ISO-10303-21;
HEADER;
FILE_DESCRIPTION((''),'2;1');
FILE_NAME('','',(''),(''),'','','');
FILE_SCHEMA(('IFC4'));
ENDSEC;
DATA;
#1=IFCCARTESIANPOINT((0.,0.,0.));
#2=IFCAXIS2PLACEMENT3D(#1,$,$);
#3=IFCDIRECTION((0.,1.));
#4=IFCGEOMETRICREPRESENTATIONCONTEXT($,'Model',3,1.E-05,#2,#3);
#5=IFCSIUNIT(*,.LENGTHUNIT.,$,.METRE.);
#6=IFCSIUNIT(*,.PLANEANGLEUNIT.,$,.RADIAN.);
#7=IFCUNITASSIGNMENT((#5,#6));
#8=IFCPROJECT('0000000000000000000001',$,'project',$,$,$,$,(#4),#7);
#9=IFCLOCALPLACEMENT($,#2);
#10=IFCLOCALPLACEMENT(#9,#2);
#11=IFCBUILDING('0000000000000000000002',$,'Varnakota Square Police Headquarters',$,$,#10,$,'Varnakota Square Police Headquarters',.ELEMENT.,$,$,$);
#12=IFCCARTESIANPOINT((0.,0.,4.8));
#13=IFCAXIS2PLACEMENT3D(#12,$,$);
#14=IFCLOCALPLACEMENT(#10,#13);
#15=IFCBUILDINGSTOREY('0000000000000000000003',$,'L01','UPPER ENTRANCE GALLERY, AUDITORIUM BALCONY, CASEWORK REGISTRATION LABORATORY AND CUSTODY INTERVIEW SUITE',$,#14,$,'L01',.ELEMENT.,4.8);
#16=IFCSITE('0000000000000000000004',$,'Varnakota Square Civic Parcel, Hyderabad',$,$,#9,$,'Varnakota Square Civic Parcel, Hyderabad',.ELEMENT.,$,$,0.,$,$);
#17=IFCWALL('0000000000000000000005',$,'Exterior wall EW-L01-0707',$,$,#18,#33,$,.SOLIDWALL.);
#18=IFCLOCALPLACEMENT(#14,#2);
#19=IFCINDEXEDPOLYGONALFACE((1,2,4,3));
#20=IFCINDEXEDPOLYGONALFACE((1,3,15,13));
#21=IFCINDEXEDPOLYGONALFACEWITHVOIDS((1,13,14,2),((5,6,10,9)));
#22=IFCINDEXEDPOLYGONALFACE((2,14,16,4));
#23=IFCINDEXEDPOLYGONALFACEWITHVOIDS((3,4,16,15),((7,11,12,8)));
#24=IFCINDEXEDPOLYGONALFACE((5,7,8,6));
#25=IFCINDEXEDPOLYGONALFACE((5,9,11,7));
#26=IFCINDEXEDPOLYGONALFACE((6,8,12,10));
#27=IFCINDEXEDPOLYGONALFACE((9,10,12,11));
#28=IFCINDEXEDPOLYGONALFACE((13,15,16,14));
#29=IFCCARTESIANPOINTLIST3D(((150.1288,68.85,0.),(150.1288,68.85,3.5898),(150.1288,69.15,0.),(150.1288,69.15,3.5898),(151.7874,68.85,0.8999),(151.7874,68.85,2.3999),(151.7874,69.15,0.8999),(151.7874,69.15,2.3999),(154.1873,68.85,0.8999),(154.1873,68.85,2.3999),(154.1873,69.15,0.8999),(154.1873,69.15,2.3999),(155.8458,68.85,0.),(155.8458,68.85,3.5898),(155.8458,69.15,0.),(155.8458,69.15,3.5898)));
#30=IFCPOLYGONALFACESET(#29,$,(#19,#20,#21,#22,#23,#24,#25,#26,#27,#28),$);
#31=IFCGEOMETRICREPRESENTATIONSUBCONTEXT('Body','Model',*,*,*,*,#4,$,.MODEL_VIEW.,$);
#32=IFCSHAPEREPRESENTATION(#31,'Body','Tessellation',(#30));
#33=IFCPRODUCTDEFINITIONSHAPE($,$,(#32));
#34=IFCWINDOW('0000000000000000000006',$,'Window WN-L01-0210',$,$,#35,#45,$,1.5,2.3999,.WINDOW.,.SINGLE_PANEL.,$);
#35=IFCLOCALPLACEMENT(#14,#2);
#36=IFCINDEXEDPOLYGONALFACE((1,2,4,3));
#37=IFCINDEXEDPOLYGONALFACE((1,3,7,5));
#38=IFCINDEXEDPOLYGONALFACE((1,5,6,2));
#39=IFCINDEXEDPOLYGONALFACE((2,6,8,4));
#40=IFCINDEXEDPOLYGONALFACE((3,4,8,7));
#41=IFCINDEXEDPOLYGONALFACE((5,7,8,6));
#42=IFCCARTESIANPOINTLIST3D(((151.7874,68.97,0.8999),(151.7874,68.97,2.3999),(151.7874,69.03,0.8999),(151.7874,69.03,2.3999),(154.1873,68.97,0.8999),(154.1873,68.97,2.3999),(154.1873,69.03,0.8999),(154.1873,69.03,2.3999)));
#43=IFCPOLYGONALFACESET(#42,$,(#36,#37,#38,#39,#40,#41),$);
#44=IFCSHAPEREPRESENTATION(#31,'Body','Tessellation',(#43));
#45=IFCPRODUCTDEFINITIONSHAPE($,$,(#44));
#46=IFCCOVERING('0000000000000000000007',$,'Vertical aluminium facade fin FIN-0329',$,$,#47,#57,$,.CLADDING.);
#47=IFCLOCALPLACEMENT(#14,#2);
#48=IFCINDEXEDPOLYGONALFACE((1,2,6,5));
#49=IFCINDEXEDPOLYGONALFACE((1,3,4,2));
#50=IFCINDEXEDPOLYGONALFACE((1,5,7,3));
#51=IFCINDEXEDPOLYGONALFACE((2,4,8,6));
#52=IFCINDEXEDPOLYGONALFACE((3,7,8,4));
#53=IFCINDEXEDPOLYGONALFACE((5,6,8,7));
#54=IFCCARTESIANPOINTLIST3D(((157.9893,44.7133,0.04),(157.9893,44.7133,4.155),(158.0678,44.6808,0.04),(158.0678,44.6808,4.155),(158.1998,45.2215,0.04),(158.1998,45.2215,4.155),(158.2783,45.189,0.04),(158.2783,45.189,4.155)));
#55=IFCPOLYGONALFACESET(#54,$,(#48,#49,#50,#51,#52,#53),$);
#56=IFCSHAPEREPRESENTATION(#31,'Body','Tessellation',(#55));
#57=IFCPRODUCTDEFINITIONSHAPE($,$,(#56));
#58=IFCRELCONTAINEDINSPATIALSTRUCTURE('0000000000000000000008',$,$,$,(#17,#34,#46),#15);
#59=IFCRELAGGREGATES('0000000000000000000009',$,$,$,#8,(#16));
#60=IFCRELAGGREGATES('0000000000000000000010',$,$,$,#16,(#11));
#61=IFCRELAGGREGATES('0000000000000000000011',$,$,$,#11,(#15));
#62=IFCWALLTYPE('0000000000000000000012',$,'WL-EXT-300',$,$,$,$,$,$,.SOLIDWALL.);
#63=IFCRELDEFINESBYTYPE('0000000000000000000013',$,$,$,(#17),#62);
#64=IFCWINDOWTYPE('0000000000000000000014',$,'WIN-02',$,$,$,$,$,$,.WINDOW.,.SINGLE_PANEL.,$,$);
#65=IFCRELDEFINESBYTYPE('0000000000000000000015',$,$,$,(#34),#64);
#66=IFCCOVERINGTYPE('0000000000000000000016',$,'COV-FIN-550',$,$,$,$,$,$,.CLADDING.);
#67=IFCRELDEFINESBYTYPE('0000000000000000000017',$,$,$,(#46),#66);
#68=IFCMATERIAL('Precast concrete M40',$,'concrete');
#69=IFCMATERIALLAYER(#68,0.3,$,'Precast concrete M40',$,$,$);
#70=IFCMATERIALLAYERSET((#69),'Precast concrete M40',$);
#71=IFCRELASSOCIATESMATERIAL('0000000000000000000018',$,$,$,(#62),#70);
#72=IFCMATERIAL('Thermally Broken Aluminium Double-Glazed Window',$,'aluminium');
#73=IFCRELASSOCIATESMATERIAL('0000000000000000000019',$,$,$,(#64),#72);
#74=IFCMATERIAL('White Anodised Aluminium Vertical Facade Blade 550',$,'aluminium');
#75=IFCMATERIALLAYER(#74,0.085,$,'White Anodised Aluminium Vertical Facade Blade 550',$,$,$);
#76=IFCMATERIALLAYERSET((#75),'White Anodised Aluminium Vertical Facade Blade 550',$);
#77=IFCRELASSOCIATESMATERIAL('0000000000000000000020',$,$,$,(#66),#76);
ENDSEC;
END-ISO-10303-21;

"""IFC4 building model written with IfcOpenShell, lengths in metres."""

from ifc_helpers import new_model, si_unit, direction, frame, frame_2d, origin, origin_2d, place, context, subcontext, project, spatial, rectangle, extrude, material, layer, layer_set, type_object, element, fill, save


model = new_model("IFC4")

# Units and contexts
model_context = context("Model", 3, precision=1e-05, world=origin(), true_north=direction((0.0, 1.0)))
body_context = subcontext(model_context, "Body", "Model", "MODEL_VIEW")
ifc_project = project(units=[si_unit("LENGTHUNIT", "METRE"), si_unit("PLANEANGLEUNIT", "RADIAN")], contexts=[model_context])

# Site, building, storey
site_placement = place(None, origin())
site = spatial("IfcSite", under=ifc_project, at=site_placement, Name="Varnakota Square Civic Parcel, Hyderabad", LongName="Varnakota Square Civic Parcel, Hyderabad", CompositionType="ELEMENT", RefElevation=0.0)
building_placement = place(site_placement, origin())
building = spatial("IfcBuilding", under=site, at=building_placement, Name="Varnakota Square Police Headquarters", LongName="Varnakota Square Police Headquarters", CompositionType="ELEMENT")
storey_placement = place(building_placement, frame((0.0, 0.0, 4.8)))
storey = spatial("IfcBuildingStorey", under=building, at=storey_placement, Name="L01", Description="UPPER ENTRANCE GALLERY, AUDITORIUM BALCONY, CASEWORK REGISTRATION LABORATORY AND CUSTODY INTERVIEW SUITE", LongName="L01", CompositionType="ELEMENT", Elevation=4.8)

# Wall, opening, window
ifc_material_1 = material(Name="Thermally Broken Aluminium Double-Glazed Window", Category="aluminium")
ifc_material_2 = material(Name="Precast concrete M40", Category="concrete")
ifc_layer_1 = layer(ifc_material_2, 0.3, Name="Precast concrete M40")
ifc_layer_set_1 = layer_set([ifc_layer_1], Name="Precast concrete M40")
wall_type_1 = type_object("IfcWallType", Name="WL-EXT-300", PredefinedType="SOLIDWALL", material=ifc_layer_set_1)
window_type_1 = type_object("IfcWindowType", Name="WIN-02", PartitioningType="SINGLE_PANEL", PredefinedType="WINDOW", material=ifc_material_1)
wall_1_placement = place(storey_placement, frame((150.1289, 69.0, 0.0), z_axis=(0.0, 0.0, 1.0), x_axis=(1.0, 0.0, 0.0)))
wall_1 = element("IfcWall", 1, at=wall_1_placement, inside=storey, type_object=wall_type_1, Name="Exterior wall EW-L01-0707", PredefinedType="SOLIDWALL", context=body_context, shape_type="SweptSolid", body=[
    extrude(rectangle(XDim=5.717, YDim=0.3, at=frame_2d((2.8584, 0.0))), origin(), (0.0, 0.0, 1.0), 3.5898),
])
opening_1_placement = place(wall_1_placement, frame((1.6584, 0.0, 0.8999)))
opening_1 = element("IfcOpeningElement", 2, at=opening_1_placement, cuts=wall_1, PredefinedType="OPENING", context=body_context, shape_type="SweptSolid", body=[
    extrude(rectangle(XDim=2.3999, YDim=1.5, at=frame_2d((1.2, 0.75))), frame((0.0, 0.1599, 0.0), z_axis=(0.0, -1.0, 0.0), x_axis=(1.0, 0.0, 0.0)), (0.0, 0.0, 1.0), 0.3201),
])
window_1_placement = place(opening_1_placement, origin())
window_1 = element("IfcWindow", 3, at=window_1_placement, inside=storey, type_object=window_type_1, Name="Window WN-L01-0210", OverallHeight=1.5, OverallWidth=2.3999, PartitioningType="SINGLE_PANEL", PredefinedType="WINDOW", context=body_context, shape_type="SweptSolid", body=[
    extrude(rectangle(XDim=2.3999, YDim=1.5, at=frame_2d((1.2, 0.75))), frame((0.0, 0.03, 0.0), z_axis=(0.0, -1.0, 0.0), x_axis=(1.0, 0.0, 0.0)), (0.0, 0.0, 1.0), 0.0601),
])
fill(opening_1, window_1)

# Covering
ifc_material_3 = material(Name="White Anodised Aluminium Vertical Facade Blade 550", Category="aluminium")
ifc_layer_2 = layer(ifc_material_3, 0.085, Name="White Anodised Aluminium Vertical Facade Blade 550")
ifc_layer_set_2 = layer_set([ifc_layer_2], Name="White Anodised Aluminium Vertical Facade Blade 550")
covering_type = type_object("IfcCoveringType", Name="COV-FIN-550", PredefinedType="CLADDING", material=ifc_layer_set_2)
covering_placement = place(storey_placement, frame((158.1338, 44.9512, 0.04), z_axis=(0.0, 0.0, 1.0), x_axis=(-0.92388, 0.382683, 0.0)))
element("IfcCovering", 4, at=covering_placement, inside=storey, type_object=covering_type, Name="Vertical aluminium facade fin FIN-0329", PredefinedType="CLADDING", context=body_context, shape_type="SweptSolid", body=[
    extrude(rectangle(XDim=0.085, YDim=0.55, at=origin_2d()), origin(), (0.0, 0.0, 1.0), 4.115),
])

save(model, "model.ifc")
